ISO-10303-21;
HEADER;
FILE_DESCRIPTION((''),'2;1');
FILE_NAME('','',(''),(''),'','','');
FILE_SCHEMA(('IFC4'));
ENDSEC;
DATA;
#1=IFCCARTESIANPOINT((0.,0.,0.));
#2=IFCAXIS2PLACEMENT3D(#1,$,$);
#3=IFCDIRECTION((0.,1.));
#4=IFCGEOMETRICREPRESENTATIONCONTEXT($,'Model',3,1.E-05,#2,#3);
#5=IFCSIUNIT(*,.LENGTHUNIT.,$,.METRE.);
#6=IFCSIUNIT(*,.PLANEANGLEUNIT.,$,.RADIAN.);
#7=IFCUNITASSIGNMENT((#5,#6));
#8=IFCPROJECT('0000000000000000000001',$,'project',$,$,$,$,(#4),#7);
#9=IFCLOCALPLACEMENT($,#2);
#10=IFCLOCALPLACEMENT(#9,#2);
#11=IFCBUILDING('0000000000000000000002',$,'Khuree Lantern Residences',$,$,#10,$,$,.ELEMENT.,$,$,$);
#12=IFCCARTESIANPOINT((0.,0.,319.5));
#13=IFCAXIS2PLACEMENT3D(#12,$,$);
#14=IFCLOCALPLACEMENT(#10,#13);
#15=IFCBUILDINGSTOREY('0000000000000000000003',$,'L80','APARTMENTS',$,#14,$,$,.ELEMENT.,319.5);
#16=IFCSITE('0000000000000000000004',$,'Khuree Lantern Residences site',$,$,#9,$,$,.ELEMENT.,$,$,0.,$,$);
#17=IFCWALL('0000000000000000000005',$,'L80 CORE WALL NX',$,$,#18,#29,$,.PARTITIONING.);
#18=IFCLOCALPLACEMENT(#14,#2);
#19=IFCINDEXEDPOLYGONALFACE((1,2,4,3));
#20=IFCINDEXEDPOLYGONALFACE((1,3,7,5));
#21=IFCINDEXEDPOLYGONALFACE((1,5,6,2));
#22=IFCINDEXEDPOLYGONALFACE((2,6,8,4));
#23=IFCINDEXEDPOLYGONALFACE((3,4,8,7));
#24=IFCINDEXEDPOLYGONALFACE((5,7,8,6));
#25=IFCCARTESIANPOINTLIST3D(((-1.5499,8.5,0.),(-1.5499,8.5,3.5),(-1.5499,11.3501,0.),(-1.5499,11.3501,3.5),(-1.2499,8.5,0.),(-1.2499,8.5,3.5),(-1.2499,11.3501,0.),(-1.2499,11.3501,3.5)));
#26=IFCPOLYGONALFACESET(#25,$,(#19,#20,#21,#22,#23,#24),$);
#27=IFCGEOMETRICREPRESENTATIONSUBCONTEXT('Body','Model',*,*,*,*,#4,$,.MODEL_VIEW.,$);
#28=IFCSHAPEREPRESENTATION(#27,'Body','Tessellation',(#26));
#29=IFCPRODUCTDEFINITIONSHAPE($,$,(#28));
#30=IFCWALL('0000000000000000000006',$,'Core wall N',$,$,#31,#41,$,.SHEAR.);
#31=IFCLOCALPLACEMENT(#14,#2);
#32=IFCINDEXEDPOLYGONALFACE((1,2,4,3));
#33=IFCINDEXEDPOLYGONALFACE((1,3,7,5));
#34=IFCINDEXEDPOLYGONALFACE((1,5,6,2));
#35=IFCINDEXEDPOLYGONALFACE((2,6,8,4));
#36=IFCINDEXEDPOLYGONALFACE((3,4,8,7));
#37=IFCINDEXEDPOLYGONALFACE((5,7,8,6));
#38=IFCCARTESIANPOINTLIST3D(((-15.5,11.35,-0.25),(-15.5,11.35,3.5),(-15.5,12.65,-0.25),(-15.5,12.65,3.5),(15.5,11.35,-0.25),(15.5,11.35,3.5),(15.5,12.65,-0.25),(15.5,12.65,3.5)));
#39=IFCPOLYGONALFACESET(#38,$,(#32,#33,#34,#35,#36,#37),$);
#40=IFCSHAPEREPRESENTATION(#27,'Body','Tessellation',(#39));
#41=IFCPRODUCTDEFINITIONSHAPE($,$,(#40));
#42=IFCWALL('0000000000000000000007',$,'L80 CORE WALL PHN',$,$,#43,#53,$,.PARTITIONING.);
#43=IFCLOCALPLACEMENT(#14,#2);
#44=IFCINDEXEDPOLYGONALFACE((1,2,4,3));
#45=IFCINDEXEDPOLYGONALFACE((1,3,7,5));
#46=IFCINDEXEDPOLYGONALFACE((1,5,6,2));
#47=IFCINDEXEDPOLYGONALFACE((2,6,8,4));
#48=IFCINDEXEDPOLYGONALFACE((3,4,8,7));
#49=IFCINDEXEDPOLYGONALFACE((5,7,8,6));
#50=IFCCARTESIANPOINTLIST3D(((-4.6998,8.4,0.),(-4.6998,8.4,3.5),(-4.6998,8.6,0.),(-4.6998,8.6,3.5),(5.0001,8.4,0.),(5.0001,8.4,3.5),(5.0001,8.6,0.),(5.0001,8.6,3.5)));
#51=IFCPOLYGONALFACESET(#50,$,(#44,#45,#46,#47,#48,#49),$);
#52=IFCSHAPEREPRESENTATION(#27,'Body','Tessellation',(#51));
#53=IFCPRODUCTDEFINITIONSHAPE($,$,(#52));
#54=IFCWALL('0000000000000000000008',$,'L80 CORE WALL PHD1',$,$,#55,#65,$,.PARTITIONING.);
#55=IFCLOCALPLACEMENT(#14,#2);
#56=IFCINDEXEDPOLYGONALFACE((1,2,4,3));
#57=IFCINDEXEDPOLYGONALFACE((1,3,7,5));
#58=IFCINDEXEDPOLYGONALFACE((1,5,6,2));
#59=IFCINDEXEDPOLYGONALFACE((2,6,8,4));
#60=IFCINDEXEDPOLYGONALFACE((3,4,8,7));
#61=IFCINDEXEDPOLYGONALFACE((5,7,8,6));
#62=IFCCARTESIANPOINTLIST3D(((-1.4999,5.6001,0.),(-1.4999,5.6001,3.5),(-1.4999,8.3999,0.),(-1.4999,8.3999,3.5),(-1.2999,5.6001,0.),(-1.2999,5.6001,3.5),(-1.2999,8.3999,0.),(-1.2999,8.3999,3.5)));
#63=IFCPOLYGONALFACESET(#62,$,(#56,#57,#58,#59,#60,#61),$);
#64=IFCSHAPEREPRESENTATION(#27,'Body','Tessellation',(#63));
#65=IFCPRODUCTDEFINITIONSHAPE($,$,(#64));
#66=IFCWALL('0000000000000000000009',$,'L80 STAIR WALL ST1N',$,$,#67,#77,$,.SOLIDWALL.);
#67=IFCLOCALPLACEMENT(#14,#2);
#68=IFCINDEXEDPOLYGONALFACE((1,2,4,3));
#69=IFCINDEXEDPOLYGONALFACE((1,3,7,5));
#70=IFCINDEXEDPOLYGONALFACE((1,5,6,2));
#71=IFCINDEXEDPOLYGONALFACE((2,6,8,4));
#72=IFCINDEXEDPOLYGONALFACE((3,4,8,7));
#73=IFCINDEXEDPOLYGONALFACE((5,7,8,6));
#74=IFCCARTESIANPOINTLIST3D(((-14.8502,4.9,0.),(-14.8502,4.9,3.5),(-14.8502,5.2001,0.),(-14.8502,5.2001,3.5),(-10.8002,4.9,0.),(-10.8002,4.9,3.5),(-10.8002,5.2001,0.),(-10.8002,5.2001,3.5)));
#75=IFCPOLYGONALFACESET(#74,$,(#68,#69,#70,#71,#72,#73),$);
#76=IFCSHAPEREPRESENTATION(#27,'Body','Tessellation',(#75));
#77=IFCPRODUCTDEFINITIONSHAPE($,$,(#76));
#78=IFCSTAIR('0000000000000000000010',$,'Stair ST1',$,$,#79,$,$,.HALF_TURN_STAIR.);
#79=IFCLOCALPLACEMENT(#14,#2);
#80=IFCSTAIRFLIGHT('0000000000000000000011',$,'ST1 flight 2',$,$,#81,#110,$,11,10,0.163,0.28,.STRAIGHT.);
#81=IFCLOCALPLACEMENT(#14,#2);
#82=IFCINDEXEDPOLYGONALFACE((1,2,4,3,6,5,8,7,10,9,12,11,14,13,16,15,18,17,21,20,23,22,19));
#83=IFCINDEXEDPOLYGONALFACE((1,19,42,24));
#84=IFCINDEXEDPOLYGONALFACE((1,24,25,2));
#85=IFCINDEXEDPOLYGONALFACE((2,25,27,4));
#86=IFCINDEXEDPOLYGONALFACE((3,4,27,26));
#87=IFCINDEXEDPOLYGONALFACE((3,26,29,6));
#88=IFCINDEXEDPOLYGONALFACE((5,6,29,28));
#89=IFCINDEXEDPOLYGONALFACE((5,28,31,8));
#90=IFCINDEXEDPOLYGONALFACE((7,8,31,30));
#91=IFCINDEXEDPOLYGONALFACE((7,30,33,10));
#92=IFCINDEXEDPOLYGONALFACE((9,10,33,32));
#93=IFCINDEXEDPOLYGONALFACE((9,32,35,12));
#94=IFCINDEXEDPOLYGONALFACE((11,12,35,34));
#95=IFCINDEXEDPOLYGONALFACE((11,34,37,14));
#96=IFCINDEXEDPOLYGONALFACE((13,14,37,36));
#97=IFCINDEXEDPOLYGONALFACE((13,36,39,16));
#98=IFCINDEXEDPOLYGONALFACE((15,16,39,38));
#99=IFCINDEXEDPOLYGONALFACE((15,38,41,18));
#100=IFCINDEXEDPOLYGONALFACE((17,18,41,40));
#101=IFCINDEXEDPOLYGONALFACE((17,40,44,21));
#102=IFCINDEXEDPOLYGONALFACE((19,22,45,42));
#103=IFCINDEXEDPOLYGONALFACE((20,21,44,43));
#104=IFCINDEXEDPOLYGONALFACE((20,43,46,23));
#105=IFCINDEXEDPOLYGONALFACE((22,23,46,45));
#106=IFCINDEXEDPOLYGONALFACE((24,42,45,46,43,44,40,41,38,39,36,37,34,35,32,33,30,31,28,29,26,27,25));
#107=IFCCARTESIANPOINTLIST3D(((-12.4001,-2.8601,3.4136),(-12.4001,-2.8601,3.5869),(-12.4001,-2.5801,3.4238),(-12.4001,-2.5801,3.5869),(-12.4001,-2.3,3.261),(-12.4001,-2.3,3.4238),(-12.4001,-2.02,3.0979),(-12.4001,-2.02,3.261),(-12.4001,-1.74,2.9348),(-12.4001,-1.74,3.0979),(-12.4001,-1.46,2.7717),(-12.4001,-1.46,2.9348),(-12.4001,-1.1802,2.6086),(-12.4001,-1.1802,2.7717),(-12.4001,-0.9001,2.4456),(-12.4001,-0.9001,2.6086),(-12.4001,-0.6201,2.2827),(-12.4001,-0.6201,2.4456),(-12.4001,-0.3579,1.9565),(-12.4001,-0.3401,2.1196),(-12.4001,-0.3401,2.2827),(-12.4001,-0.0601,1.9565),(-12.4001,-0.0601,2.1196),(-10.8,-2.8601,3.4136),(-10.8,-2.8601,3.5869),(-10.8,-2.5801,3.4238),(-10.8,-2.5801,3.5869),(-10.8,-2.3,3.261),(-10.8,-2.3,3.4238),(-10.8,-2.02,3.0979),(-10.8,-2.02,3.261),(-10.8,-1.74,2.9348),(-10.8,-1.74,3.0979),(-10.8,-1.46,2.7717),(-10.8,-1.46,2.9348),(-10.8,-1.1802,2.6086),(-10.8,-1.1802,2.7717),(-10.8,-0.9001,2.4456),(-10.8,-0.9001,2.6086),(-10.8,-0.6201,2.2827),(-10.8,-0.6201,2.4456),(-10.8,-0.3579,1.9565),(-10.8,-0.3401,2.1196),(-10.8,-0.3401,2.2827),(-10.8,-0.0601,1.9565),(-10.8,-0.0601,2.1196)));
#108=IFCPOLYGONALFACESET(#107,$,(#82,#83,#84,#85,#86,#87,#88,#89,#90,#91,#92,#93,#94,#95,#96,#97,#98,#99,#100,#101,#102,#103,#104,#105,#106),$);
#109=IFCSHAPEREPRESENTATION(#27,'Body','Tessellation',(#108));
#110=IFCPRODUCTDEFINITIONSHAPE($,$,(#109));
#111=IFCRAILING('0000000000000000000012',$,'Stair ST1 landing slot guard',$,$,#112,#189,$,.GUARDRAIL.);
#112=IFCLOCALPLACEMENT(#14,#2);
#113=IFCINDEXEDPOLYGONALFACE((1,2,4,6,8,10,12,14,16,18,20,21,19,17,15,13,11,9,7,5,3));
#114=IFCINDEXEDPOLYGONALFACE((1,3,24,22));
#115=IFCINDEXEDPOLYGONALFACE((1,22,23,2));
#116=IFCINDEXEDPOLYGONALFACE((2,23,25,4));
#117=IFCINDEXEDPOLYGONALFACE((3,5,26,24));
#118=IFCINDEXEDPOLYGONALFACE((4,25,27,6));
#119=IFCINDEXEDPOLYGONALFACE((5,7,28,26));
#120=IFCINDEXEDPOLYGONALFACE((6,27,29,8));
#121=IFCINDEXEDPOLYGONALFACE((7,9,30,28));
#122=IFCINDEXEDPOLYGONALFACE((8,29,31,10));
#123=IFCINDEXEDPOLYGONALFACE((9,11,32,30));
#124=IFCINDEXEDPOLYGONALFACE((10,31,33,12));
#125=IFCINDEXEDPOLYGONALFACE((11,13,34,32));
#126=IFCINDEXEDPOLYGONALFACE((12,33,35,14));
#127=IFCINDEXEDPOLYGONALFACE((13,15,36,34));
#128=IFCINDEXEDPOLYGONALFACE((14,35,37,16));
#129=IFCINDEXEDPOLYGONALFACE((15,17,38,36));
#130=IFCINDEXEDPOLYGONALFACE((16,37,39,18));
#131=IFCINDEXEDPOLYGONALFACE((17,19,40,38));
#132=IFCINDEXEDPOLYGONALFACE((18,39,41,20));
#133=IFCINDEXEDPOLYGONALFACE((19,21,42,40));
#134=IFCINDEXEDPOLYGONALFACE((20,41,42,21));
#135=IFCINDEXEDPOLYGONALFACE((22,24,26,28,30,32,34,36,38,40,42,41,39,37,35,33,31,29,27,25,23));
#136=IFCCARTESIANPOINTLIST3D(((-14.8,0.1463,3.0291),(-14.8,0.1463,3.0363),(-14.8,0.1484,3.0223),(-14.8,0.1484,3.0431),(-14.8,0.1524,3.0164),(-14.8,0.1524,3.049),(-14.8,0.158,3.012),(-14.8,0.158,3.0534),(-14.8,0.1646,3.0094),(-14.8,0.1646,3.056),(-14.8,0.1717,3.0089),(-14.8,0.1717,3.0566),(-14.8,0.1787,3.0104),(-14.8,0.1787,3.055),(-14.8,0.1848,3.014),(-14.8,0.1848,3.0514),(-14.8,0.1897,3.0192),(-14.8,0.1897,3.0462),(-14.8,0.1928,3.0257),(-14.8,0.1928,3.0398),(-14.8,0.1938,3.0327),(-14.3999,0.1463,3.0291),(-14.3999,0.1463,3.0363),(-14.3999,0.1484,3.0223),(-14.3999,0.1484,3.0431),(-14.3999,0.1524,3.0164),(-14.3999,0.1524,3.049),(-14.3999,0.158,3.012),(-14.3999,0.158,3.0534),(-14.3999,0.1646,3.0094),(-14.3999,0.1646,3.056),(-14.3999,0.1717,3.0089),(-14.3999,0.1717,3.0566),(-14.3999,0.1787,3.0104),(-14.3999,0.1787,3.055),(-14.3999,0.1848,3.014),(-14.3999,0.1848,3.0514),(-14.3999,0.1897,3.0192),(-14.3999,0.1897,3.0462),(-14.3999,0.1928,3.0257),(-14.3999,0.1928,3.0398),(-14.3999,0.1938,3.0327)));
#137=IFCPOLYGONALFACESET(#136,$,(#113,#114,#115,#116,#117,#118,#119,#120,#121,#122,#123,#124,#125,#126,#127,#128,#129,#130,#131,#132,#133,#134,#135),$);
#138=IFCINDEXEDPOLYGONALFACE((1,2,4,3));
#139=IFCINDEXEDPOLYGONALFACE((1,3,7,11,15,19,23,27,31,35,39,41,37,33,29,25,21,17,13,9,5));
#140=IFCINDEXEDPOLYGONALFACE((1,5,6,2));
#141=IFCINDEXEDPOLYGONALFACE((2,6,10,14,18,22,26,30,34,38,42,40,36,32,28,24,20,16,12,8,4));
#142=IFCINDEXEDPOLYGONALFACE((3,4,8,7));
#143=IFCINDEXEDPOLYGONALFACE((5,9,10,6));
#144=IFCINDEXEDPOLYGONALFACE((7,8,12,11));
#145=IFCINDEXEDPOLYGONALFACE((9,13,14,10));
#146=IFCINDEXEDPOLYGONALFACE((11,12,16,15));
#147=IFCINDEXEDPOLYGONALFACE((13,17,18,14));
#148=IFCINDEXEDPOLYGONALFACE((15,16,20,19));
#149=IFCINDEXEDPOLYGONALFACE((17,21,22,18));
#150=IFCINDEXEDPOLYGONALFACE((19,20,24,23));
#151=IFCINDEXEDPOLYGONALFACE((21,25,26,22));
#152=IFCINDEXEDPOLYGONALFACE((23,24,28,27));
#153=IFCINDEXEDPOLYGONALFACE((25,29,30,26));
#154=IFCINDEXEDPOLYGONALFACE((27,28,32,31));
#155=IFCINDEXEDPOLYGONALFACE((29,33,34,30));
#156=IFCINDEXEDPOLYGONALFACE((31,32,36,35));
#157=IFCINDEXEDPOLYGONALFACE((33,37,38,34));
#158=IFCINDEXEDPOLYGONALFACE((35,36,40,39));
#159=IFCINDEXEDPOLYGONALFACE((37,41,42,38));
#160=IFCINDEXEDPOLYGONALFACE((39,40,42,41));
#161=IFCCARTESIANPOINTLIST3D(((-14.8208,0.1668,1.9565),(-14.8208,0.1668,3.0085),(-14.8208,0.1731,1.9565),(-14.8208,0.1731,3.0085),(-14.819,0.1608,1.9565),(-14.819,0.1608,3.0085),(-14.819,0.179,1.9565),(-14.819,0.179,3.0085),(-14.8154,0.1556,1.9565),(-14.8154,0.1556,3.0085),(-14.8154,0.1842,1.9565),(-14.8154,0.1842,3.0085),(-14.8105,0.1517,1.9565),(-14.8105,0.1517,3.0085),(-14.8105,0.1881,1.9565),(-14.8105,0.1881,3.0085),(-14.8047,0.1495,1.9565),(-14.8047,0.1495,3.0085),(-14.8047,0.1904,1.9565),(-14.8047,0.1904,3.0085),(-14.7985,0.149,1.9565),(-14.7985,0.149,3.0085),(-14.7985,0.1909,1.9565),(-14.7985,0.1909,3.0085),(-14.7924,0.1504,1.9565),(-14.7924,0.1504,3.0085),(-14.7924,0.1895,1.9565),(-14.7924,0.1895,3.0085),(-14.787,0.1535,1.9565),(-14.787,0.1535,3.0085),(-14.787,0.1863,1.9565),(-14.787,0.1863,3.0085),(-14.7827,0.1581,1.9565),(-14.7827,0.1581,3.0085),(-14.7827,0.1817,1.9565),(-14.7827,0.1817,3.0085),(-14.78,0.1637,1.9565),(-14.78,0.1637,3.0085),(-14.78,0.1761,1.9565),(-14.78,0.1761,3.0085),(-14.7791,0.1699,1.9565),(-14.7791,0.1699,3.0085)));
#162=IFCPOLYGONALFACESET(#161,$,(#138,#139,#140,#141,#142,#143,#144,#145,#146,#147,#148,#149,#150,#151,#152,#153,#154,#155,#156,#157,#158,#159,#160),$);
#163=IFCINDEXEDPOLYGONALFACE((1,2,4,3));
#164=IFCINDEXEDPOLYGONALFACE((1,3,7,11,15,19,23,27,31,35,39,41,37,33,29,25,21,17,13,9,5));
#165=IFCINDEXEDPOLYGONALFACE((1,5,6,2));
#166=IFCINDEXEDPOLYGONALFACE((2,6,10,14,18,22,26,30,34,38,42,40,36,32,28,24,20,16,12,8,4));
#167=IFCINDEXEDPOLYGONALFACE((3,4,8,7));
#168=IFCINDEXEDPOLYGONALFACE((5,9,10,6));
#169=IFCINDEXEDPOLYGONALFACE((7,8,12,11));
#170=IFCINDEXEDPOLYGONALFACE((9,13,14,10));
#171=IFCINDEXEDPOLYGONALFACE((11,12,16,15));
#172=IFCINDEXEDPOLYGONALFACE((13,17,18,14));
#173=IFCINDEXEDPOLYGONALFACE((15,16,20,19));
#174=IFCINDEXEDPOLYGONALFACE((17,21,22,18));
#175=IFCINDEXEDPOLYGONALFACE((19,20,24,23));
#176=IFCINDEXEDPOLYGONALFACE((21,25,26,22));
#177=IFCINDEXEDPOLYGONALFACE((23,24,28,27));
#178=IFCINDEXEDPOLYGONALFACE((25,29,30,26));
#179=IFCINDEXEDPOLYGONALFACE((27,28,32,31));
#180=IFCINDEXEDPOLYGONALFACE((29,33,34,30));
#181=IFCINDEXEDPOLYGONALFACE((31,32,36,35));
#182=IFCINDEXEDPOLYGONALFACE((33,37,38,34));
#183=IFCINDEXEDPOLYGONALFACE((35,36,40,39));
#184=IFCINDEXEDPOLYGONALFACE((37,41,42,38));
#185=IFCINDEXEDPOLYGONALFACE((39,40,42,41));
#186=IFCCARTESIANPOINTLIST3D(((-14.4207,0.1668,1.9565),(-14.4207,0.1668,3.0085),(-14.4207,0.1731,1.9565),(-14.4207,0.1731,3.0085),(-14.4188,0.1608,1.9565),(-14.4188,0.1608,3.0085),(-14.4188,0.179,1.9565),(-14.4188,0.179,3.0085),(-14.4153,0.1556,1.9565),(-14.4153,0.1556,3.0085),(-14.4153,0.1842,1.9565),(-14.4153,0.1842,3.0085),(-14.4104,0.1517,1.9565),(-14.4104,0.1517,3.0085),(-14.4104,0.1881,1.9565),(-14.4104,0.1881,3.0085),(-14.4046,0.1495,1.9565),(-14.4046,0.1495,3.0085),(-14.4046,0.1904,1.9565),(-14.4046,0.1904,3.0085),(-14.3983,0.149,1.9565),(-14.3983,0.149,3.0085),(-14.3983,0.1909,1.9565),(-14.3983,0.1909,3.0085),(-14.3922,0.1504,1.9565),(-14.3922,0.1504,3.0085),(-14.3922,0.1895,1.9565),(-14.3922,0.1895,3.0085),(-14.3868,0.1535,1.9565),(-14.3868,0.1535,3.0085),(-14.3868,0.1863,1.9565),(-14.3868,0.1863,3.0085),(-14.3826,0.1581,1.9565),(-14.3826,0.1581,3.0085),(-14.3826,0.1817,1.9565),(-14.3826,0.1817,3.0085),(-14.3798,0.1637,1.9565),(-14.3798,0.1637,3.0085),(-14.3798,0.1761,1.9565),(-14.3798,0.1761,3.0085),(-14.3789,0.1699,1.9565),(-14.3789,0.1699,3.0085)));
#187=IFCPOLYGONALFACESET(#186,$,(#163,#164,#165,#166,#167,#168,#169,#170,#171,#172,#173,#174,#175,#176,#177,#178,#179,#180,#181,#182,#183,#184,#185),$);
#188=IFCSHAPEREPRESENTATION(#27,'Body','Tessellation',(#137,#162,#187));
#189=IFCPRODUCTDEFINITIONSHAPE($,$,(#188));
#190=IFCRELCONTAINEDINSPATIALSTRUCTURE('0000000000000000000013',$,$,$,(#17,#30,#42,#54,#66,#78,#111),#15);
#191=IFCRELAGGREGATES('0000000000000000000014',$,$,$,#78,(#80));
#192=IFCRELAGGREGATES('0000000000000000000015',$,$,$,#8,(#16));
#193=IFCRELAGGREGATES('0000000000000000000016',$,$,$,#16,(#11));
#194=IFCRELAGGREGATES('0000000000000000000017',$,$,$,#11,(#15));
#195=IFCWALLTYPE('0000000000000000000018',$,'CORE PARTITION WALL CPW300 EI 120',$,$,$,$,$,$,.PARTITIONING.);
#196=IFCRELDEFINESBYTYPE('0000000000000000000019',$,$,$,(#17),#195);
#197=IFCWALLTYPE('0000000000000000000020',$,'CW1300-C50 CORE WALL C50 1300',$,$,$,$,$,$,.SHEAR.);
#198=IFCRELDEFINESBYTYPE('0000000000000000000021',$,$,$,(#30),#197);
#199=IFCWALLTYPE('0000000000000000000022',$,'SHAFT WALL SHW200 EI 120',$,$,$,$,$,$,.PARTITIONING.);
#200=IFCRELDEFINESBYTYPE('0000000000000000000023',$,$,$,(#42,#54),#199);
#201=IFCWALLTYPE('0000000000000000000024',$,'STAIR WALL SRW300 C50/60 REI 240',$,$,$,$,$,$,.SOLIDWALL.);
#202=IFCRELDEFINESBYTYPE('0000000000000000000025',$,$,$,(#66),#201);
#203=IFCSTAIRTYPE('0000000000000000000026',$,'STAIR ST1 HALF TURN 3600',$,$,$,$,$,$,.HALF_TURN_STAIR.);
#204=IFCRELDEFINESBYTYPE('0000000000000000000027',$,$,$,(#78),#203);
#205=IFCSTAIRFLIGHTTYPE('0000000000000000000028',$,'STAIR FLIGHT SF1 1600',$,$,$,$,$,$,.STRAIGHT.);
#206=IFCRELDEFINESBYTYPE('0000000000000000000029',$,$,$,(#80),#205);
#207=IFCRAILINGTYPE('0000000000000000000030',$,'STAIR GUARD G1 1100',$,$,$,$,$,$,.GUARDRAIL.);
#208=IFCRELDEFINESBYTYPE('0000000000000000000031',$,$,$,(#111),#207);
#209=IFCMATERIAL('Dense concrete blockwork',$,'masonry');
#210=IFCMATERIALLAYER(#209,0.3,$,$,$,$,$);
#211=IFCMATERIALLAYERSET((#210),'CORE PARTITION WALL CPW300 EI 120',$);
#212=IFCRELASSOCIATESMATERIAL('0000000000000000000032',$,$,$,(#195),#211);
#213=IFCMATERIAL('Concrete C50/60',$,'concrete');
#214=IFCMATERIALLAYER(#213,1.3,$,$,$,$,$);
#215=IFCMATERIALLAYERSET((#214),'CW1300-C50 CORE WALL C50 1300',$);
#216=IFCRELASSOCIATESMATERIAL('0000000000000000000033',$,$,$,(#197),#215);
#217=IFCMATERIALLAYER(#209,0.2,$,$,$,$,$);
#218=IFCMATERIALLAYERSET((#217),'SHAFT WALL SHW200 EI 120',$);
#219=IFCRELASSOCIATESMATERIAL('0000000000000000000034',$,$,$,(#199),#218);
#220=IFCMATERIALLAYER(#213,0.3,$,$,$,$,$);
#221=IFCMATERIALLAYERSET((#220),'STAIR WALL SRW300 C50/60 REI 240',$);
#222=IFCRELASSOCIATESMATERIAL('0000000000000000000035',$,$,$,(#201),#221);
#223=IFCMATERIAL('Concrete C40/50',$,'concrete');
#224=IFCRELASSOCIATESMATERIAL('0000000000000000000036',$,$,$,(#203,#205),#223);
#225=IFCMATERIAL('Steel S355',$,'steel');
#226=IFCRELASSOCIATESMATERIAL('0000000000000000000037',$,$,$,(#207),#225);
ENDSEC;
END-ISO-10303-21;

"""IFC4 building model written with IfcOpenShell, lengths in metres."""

from ifc_helpers import new_model, si_unit, direction, frame, frame_2d, origin, origin_2d, place, context, subcontext, project, spatial, polyline, rectangle, circle, outline, extrude, material, layer, layer_set, type_object, element, aggregate, save


model = new_model("IFC4")

# Units and contexts
model_context = context("Model", 3, precision=1e-05, world=origin(), true_north=direction((0.0, 1.0)))
body_context = subcontext(model_context, "Body", "Model", "MODEL_VIEW")
ifc_project = project(units=[si_unit("LENGTHUNIT", "METRE"), si_unit("PLANEANGLEUNIT", "RADIAN")], contexts=[model_context])

# Site, building, storey
site_placement = place(None, origin())
site = spatial("IfcSite", under=ifc_project, at=site_placement, Name="Khuree Lantern Residences site", CompositionType="ELEMENT", RefElevation=0.0)
building_placement = place(site_placement, origin())
building = spatial("IfcBuilding", under=site, at=building_placement, Name="Khuree Lantern Residences", CompositionType="ELEMENT")
storey_placement = place(building_placement, frame((0.0, 0.0, 319.5)))
storey = spatial("IfcBuildingStorey", under=building, at=storey_placement, Name="L80", Description="APARTMENTS", CompositionType="ELEMENT", Elevation=319.5)

# Shared definitions
ifc_material_1 = material(Name="Dense concrete blockwork", Category="masonry")
ifc_layer_1 = layer(ifc_material_1, 0.3)
ifc_layer_set_1 = layer_set([ifc_layer_1], Name="CORE PARTITION WALL CPW300 EI 120")
wall_type_1 = type_object("IfcWallType", Name="CORE PARTITION WALL CPW300 EI 120", PredefinedType="PARTITIONING", material=ifc_layer_set_1)

# Walls
wall_1_placement = place(storey_placement, frame((-1.3999, 8.5, 0.0), z_axis=(0.0, 0.0, 1.0), x_axis=(0.0, 1.0, 0.0)))
element("IfcWall", 1, at=wall_1_placement, inside=storey, type_object=wall_type_1, Name="L80 CORE WALL NX", PredefinedType="PARTITIONING", context=body_context, shape_type="SweptSolid", body=[
    extrude(rectangle(XDim=2.8501, YDim=0.3, at=frame_2d((1.425, 0.0))), origin(), (0.0, 0.0, 1.0), 3.5),
])
ifc_material_2 = material(Name="Concrete C50/60", Category="concrete")
ifc_layer_2 = layer(ifc_material_2, 1.3)
ifc_layer_set_2 = layer_set([ifc_layer_2], Name="CW1300-C50 CORE WALL C50 1300")
wall_type_2 = type_object("IfcWallType", Name="CW1300-C50 CORE WALL C50 1300", PredefinedType="SHEAR", material=ifc_layer_set_2)
wall_2_placement = place(storey_placement, frame((-15.5, 12.0, -0.25), z_axis=(0.0, 0.0, 1.0), x_axis=(1.0, 0.0, 0.0)))
element("IfcWall", 2, at=wall_2_placement, inside=storey, type_object=wall_type_2, Name="Core wall N", PredefinedType="SHEAR", context=body_context, shape_type="SweptSolid", body=[
    extrude(rectangle(XDim=31.0, YDim=1.3, at=frame_2d((15.5, 0.0))), origin(), (0.0, 0.0, 1.0), 3.75),
])
ifc_layer_3 = layer(ifc_material_1, 0.2)
ifc_layer_set_3 = layer_set([ifc_layer_3], Name="SHAFT WALL SHW200 EI 120")
wall_type_3 = type_object("IfcWallType", Name="SHAFT WALL SHW200 EI 120", PredefinedType="PARTITIONING", material=ifc_layer_set_3)
wall_3_placement = place(storey_placement, frame((-4.7, 8.5, 0.0), z_axis=(0.0, 0.0, 1.0), x_axis=(1.0, 0.0, 0.0)))
element("IfcWall", 3, at=wall_3_placement, inside=storey, type_object=wall_type_3, Name="L80 CORE WALL PHN", PredefinedType="PARTITIONING", context=body_context, shape_type="SweptSolid", body=[
    extrude(rectangle(XDim=9.7, YDim=0.2, at=frame_2d((4.8501, 0.0))), origin(), (0.0, 0.0, 1.0), 3.5),
])
wall_4_placement = place(storey_placement, frame((-1.3999, 5.6001, 0.0), z_axis=(0.0, 0.0, 1.0), x_axis=(0.0, 1.0, 0.0)))
element("IfcWall", 4, at=wall_4_placement, inside=storey, type_object=wall_type_3, Name="L80 CORE WALL PHD1", PredefinedType="PARTITIONING", context=body_context, shape_type="SweptSolid", body=[
    extrude(rectangle(XDim=2.7998, YDim=0.2, at=frame_2d((1.3999, 0.0))), origin(), (0.0, 0.0, 1.0), 3.5),
])
ifc_layer_4 = layer(ifc_material_2, 0.3)
ifc_layer_set_4 = layer_set([ifc_layer_4], Name="STAIR WALL SRW300 C50/60 REI 240")
wall_type_4 = type_object("IfcWallType", Name="STAIR WALL SRW300 C50/60 REI 240", PredefinedType="SOLIDWALL", material=ifc_layer_set_4)
wall_5_placement = place(storey_placement, frame((-14.8501, 5.05, 0.0), z_axis=(0.0, 0.0, 1.0), x_axis=(1.0, 0.0, 0.0)))
element("IfcWall", 5, at=wall_5_placement, inside=storey, type_object=wall_type_4, Name="L80 STAIR WALL ST1N", PredefinedType="SOLIDWALL", context=body_context, shape_type="SweptSolid", body=[
    extrude(rectangle(XDim=4.05, YDim=0.3, at=frame_2d((2.0249, 0.0))), origin(), (0.0, 0.0, 1.0), 3.5),
])

# Stair, stair flight
ifc_material_3 = material(Name="Concrete C40/50", Category="concrete")
stair_type = type_object("IfcStairType", Name="STAIR ST1 HALF TURN 3600", PredefinedType="HALF_TURN_STAIR", material=ifc_material_3)
stair_placement = place(storey_placement, origin())
stair = element("IfcStair", 6, at=stair_placement, inside=storey, type_object=stair_type, Name="Stair ST1", PredefinedType="HALF_TURN_STAIR")
stair_flight_type = type_object("IfcStairFlightType", Name="STAIR FLIGHT SF1 1600", PredefinedType="STRAIGHT", material=ifc_material_3)
stair_flight_placement = place(storey_placement, frame((-11.6001, -0.0601, 1.9565), z_axis=(0.0, 0.0, 1.0), x_axis=(0.0, -1.0, 0.0)))
stair_flight = element("IfcStairFlight", 7, at=stair_flight_placement, type_object=stair_flight_type, Name="ST1 flight 2", NumberOfRisers=11, NumberOfTreads=10, PredefinedType="STRAIGHT", RiserHeight=0.163, TreadLength=0.28, context=body_context, shape_type="SweptSolid", body=[
    extrude(outline(polyline([(0.0, 0.0), (0.0, 0.1631), (0.28, 0.1631), (0.28, 0.3262), (0.5601, 0.3262), (0.5601, 0.489), (0.8401, 0.489), (0.8401, 0.6521), (1.1201, 0.6521), (1.1201, 0.8152), (1.3999, 0.8152), (1.3999, 0.9783), (1.6799, 0.9783), (1.6799, 1.1414), (1.96, 1.1414), (1.96, 1.3044), (2.24, 1.3044), (2.24, 1.4673), (2.52, 1.4673), (2.52, 1.6304), (2.8, 1.6304), (2.8, 1.7935), (2.8, 1.457), (0.2979, 0.0), (0.0, 0.0)])), frame((0.0, 0.8, 0.0), z_axis=(0.0, -1.0, 0.0), x_axis=(1.0, 0.0, 0.0)), (0.0, 0.0, 1.0), 1.6001),
])
aggregate(stair, [stair_flight])

# Railing
ifc_material_4 = material(Name="Steel S355", Category="steel")
railing_type = type_object("IfcRailingType", Name="STAIR GUARD G1 1100", PredefinedType="GUARDRAIL", material=ifc_material_4)
railing_placement = place(storey_placement, frame((-14.8, 0.1699, 1.9565)))
element("IfcRailing", 8, at=railing_placement, inside=storey, type_object=railing_type, Name="Stair ST1 landing slot guard", PredefinedType="GUARDRAIL", context=body_context, shape_type="SweptSolid", body=[
    extrude(circle(Radius=0.0239, at=origin_2d()), frame((0.0, 0.0, 1.0762), z_axis=(1.0, 0.0, 0.0), x_axis=(0.0, 1.0, 0.0)), (0.0, 0.0, 1.0), 0.4001),
    extrude(circle(Radius=0.021, at=origin_2d()), origin(), (0.0, 0.0, 1.0), 1.052),
    extrude(circle(Radius=0.021, at=origin_2d()), frame((0.4001, 0.0, 0.0)), (0.0, 0.0, 1.0), 1.052),
])

save(model, "model.ifc")
